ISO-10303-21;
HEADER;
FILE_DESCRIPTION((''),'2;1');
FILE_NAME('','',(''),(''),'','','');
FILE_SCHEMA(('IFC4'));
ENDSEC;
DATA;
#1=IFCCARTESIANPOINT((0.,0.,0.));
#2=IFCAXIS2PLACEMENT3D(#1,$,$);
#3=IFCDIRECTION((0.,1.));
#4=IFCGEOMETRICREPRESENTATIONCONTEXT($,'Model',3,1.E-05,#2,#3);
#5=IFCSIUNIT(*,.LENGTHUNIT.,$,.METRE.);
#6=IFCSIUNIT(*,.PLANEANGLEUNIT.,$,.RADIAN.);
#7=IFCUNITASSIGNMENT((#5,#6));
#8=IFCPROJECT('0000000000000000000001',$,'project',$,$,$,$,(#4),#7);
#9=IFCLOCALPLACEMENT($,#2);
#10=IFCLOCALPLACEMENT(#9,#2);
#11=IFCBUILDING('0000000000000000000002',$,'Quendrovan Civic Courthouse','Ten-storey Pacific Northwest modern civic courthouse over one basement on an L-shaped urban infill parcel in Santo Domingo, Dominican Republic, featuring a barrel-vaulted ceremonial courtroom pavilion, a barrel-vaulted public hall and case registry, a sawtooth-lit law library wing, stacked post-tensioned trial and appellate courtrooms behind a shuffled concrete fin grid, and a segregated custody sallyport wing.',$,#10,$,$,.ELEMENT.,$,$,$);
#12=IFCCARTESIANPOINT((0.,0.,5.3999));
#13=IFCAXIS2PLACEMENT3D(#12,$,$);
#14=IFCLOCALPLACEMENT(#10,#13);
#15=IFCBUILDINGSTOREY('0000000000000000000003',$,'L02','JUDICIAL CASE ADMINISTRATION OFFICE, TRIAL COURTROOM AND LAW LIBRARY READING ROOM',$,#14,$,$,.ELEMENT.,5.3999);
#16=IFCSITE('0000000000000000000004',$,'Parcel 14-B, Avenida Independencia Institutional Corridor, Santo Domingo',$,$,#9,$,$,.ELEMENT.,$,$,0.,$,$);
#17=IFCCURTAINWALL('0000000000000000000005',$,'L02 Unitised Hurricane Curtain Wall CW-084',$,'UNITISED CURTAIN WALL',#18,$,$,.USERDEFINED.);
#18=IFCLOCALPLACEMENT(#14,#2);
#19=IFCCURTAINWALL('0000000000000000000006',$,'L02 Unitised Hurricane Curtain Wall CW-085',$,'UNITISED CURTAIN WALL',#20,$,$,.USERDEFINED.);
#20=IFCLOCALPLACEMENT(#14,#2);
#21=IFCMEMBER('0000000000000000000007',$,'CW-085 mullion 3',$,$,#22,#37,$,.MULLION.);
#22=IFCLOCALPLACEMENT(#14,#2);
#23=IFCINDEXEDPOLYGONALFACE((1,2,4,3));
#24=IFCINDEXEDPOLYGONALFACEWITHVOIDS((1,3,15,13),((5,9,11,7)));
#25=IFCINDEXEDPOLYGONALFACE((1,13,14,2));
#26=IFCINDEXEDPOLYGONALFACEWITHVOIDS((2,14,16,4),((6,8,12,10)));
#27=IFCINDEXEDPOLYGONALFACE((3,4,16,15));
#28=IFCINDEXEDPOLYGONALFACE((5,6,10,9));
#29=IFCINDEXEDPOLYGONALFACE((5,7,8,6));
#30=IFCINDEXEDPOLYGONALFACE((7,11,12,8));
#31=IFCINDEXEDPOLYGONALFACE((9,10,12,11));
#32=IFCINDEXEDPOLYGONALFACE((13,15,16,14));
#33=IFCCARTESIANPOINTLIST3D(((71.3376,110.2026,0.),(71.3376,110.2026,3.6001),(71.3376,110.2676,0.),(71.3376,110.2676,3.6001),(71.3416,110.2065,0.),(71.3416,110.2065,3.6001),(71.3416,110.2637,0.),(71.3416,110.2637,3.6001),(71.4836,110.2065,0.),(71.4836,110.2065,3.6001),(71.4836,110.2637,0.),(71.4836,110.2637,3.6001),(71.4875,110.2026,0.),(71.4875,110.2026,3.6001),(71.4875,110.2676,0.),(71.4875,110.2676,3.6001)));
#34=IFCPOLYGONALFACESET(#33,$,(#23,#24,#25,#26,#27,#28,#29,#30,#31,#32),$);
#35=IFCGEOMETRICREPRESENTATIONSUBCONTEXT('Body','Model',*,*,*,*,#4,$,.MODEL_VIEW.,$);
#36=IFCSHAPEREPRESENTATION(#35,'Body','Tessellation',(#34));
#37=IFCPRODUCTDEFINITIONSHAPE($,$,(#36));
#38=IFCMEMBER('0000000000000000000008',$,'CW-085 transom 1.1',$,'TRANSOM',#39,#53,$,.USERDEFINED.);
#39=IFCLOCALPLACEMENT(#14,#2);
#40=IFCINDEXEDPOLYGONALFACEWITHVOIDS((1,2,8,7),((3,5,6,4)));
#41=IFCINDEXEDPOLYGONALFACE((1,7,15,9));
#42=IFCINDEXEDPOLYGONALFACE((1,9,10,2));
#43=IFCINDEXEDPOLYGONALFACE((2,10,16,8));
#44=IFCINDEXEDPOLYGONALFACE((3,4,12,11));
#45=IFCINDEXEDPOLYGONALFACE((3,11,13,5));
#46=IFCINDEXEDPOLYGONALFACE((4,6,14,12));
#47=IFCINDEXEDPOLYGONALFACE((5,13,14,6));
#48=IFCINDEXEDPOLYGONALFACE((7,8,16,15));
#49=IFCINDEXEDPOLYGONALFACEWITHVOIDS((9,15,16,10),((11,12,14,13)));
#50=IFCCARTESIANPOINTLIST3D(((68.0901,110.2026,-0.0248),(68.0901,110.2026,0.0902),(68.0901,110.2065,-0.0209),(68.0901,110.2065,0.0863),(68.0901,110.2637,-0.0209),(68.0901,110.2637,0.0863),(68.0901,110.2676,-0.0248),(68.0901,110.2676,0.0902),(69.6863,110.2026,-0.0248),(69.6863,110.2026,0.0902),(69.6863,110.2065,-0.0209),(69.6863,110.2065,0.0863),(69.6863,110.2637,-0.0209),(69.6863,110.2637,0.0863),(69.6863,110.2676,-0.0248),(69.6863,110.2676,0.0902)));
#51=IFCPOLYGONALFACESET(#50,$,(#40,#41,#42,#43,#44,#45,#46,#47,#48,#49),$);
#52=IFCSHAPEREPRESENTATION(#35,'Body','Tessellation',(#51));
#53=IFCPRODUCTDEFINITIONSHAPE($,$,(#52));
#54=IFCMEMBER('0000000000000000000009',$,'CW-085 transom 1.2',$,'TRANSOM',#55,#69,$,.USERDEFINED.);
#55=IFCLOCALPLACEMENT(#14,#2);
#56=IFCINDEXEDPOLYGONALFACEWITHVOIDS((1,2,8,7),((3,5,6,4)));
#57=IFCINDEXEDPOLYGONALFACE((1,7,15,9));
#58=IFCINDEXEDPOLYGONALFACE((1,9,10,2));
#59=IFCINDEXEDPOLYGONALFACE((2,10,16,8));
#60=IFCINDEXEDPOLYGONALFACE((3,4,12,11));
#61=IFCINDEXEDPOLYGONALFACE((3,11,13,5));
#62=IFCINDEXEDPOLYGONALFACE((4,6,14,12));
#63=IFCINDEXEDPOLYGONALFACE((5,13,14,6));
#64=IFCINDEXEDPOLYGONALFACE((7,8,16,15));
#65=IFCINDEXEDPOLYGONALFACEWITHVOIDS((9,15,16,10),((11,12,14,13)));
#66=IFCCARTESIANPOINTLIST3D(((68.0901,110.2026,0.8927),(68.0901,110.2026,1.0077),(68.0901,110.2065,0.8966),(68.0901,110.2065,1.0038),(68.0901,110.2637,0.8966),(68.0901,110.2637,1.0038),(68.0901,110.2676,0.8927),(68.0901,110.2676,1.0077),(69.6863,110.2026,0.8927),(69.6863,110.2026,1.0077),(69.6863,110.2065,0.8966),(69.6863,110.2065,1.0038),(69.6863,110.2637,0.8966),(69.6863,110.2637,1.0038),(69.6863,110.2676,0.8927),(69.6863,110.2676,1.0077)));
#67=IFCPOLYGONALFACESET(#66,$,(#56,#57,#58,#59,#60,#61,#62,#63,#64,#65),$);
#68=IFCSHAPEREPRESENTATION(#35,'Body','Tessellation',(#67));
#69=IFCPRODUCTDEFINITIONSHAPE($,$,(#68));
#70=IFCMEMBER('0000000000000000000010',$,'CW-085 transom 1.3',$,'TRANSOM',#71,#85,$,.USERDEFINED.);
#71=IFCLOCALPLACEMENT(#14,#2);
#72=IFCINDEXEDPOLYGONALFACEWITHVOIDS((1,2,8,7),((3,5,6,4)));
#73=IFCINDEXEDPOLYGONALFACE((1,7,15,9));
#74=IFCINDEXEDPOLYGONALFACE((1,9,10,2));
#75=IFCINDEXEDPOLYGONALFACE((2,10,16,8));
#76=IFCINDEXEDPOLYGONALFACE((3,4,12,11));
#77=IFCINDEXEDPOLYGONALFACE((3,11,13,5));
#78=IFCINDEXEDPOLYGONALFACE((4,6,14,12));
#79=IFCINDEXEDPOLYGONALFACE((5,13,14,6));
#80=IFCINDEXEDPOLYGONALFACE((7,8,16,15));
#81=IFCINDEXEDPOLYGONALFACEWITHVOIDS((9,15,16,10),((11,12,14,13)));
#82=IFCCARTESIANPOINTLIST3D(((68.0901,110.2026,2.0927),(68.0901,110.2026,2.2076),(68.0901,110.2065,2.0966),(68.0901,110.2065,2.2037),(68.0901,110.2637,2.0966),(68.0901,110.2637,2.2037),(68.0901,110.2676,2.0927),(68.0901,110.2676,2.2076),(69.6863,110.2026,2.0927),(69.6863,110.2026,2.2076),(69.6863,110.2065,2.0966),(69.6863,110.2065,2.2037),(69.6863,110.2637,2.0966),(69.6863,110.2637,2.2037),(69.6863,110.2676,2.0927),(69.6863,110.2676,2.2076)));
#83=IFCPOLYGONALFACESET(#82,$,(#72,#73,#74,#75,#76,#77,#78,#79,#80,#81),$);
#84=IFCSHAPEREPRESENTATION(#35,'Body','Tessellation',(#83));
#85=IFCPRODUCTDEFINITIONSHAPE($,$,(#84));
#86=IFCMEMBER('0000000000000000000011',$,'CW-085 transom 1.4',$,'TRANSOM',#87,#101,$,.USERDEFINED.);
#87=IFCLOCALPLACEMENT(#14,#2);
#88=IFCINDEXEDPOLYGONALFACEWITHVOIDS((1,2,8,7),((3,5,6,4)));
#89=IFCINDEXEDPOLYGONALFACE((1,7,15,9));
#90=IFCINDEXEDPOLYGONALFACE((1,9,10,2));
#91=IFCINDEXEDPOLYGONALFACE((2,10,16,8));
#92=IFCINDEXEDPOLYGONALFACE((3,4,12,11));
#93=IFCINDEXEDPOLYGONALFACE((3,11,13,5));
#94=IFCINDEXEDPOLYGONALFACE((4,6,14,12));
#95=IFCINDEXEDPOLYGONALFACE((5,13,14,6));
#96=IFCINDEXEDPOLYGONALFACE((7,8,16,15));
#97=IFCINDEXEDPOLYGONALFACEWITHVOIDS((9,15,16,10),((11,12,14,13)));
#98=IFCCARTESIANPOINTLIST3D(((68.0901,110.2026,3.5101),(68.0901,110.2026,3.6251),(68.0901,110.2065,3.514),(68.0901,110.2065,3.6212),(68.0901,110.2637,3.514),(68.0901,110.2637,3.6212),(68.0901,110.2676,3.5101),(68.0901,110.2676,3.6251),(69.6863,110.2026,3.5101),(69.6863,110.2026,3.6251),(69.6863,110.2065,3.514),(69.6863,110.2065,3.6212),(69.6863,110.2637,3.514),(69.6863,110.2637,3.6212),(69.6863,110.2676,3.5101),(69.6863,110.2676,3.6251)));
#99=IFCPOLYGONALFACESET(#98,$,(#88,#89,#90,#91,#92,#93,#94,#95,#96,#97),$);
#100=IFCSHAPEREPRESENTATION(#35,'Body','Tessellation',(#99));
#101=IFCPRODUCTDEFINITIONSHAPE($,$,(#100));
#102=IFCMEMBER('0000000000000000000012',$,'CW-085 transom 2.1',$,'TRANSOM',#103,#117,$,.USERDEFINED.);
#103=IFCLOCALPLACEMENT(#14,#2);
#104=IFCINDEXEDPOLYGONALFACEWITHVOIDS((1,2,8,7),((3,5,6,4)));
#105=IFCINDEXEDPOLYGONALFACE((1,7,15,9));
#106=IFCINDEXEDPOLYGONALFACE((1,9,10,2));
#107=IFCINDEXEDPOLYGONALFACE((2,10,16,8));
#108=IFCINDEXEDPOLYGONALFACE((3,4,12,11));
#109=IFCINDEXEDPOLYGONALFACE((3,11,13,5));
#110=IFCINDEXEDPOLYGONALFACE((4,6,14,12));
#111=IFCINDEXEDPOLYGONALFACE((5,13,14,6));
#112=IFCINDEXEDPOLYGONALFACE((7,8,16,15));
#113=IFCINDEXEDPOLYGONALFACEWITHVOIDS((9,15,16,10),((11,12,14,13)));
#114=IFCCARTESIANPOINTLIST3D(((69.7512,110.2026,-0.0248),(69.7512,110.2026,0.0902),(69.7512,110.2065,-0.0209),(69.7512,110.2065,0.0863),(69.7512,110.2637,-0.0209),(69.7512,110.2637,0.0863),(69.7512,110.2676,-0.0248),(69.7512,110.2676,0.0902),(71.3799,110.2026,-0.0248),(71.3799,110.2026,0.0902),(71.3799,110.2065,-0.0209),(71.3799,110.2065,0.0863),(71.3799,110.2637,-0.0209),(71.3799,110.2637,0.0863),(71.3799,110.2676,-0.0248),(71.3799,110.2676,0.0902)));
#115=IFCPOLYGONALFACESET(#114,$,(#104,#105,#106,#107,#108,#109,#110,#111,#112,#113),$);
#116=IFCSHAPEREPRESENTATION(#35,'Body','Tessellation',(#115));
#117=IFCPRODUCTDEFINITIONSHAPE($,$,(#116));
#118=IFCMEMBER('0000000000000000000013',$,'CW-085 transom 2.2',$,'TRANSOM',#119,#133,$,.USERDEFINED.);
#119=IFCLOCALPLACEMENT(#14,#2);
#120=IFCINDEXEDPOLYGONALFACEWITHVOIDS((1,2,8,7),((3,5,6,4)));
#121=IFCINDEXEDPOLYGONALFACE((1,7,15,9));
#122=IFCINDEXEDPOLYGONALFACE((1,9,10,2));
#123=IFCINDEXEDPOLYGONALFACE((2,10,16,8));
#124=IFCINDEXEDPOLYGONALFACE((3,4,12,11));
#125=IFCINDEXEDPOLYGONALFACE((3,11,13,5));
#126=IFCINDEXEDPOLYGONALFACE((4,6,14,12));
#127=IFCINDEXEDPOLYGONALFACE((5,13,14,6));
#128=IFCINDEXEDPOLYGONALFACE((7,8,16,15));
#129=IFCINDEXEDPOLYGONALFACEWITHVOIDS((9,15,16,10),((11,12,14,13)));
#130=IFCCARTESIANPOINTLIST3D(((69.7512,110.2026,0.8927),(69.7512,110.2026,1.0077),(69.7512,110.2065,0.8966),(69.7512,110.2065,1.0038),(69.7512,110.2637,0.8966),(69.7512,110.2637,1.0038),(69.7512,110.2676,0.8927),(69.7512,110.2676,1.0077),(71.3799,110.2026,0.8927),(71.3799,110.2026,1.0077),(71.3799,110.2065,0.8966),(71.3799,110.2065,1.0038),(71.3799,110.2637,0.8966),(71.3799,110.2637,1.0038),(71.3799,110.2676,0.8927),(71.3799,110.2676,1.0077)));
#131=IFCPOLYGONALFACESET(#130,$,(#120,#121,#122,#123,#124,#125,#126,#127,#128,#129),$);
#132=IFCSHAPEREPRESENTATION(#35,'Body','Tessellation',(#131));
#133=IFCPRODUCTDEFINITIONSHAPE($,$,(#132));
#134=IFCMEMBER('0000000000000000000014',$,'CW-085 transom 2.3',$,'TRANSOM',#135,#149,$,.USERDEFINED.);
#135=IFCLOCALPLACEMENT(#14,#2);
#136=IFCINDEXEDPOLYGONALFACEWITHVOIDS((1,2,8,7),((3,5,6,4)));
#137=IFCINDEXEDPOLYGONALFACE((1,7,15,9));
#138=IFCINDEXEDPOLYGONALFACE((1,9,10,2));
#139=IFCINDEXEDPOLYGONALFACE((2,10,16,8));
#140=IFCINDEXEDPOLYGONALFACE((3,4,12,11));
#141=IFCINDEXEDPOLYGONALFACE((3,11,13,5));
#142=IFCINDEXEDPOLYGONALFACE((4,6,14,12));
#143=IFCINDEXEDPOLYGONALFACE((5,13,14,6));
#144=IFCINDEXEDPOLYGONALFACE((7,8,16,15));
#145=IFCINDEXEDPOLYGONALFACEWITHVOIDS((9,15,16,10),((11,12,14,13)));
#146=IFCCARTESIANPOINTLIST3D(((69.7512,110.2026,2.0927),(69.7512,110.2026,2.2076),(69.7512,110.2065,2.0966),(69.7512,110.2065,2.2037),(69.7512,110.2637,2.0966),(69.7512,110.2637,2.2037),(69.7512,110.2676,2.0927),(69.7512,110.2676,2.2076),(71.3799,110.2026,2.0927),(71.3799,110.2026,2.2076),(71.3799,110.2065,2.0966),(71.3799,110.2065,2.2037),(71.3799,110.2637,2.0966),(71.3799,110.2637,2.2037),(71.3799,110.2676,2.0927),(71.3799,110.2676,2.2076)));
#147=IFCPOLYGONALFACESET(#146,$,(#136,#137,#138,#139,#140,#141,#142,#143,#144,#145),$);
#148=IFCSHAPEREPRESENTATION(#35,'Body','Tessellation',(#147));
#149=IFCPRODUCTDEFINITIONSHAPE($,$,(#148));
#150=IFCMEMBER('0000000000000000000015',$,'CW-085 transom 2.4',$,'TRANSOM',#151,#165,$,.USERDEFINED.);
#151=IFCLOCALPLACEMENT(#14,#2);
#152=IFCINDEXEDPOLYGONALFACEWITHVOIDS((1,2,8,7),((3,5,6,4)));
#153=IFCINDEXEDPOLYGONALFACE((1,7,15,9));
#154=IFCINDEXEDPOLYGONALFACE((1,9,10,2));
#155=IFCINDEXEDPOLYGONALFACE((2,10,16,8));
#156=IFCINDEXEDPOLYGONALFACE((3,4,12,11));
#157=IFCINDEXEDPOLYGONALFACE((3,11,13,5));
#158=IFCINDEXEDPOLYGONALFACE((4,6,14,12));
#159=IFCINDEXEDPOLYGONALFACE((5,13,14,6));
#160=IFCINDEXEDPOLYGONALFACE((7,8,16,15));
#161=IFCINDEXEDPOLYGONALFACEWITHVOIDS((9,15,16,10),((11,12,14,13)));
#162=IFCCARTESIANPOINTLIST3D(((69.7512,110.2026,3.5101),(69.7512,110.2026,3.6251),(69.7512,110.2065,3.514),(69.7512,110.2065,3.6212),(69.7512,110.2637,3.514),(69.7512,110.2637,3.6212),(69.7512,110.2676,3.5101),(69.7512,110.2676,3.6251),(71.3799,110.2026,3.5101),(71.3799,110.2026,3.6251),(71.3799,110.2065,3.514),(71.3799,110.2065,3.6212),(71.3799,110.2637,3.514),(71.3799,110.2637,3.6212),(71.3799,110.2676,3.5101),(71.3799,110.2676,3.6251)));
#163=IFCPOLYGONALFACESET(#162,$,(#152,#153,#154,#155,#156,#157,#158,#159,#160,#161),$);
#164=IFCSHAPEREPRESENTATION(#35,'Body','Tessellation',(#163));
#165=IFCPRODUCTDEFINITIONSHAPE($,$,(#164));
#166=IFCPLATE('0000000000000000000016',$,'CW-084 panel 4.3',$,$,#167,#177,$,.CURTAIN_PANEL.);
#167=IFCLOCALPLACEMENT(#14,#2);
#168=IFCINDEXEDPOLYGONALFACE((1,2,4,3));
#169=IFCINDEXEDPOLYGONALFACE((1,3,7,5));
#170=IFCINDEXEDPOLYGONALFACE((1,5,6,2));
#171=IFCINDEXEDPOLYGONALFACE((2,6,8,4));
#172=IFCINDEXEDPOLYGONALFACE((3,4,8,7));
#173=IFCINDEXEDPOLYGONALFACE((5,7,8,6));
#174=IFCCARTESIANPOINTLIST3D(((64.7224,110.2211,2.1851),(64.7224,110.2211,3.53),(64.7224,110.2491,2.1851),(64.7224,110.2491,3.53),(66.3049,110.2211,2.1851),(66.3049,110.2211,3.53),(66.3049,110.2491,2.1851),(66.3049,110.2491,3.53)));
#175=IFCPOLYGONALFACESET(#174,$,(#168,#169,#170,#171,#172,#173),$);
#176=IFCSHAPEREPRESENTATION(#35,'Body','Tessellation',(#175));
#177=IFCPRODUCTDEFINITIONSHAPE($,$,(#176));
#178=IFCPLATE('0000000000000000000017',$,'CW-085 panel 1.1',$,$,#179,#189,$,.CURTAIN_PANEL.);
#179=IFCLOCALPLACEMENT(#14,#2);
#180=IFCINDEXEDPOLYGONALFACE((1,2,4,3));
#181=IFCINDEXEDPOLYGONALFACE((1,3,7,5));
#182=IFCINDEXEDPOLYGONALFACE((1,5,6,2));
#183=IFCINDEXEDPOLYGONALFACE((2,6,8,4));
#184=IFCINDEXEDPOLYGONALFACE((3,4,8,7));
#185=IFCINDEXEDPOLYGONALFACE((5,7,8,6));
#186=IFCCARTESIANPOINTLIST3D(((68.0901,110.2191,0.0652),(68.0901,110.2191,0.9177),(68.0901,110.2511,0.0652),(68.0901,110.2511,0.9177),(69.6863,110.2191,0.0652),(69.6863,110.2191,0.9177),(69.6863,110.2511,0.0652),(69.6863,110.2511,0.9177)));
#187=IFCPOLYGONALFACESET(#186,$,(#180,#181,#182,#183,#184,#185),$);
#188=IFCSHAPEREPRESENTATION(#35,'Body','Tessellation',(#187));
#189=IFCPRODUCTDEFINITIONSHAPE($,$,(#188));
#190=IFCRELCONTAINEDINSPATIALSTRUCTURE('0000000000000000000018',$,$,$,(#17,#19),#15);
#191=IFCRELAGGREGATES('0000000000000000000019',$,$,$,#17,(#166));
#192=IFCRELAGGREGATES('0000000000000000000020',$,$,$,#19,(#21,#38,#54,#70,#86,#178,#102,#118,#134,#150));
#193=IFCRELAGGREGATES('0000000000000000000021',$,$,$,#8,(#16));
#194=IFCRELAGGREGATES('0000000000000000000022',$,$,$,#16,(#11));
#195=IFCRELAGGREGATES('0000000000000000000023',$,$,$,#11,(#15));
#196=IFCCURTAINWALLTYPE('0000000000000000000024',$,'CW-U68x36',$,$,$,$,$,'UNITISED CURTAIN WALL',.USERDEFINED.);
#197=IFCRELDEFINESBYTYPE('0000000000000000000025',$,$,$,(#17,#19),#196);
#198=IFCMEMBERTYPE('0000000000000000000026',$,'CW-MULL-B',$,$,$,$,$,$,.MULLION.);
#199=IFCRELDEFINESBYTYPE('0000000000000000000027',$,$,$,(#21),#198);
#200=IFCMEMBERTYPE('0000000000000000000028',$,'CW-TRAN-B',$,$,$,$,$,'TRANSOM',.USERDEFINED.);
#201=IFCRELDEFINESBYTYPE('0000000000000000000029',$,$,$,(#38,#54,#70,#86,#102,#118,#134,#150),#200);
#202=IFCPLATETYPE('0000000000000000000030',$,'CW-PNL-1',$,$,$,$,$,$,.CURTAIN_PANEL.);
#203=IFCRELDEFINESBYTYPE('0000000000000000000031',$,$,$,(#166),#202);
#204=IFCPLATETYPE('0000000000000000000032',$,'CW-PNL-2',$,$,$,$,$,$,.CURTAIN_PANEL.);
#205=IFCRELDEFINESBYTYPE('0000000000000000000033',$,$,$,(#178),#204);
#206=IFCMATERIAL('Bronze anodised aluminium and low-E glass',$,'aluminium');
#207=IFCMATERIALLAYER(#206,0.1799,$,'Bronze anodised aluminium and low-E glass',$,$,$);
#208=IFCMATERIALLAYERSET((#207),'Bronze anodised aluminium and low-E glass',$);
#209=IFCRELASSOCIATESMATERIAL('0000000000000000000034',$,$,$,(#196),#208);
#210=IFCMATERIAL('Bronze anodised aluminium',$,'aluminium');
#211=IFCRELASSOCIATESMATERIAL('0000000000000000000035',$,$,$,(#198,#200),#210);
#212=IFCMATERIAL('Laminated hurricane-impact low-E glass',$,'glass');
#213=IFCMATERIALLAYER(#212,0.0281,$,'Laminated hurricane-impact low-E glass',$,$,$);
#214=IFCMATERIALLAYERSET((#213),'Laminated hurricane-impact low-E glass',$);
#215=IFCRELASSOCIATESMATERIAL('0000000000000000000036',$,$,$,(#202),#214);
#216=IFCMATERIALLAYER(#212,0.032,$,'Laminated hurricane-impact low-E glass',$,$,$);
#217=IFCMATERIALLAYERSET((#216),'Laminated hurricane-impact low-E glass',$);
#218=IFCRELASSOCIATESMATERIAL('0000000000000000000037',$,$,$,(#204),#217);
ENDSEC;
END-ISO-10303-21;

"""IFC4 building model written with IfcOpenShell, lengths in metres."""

from ifc_helpers import new_model, si_unit, direction, frame, origin, origin_2d, place, context, subcontext, project, spatial, rectangle, hollow_rectangle, extrude, material, layer, layer_set, material_profile, profile_set, type_object, element, aggregate, save


model = new_model("IFC4")

# Units and contexts
model_context = context("Model", 3, precision=1e-05, world=origin(), true_north=direction((0.0, 1.0)))
body_context = subcontext(model_context, "Body", "Model", "MODEL_VIEW")
ifc_project = project(units=[si_unit("LENGTHUNIT", "METRE"), si_unit("PLANEANGLEUNIT", "RADIAN")], contexts=[model_context])

# Site, building, storey
site_placement = place(None, origin())
site = spatial("IfcSite", under=ifc_project, at=site_placement, Name="Parcel 14-B, Avenida Independencia Institutional Corridor, Santo Domingo", CompositionType="ELEMENT", RefElevation=0.0)
building_placement = place(site_placement, origin())
building = spatial("IfcBuilding", under=site, at=building_placement, Name="Quendrovan Civic Courthouse", Description="Ten-storey Pacific Northwest modern civic courthouse over one basement on an L-shaped urban infill parcel in Santo Domingo, Dominican Republic, featuring a barrel-vaulted ceremonial courtroom pavilion, a barrel-vaulted public hall and case registry, a sawtooth-lit law library wing, stacked post-tensioned trial and appellate courtrooms behind a shuffled concrete fin grid, and a segregated custody sallyport wing.", CompositionType="ELEMENT")
storey_placement = place(building_placement, frame((0.0, 0.0, 5.3999)))
storey = spatial("IfcBuildingStorey", under=building, at=storey_placement, Name="L02", Description="JUDICIAL CASE ADMINISTRATION OFFICE, TRIAL COURTROOM AND LAW LIBRARY READING ROOM", CompositionType="ELEMENT", Elevation=5.3999)

# Curtain wall
ifc_material_1 = material(Name="Bronze anodised aluminium and low-E glass", Category="aluminium")
ifc_layer_1 = layer(ifc_material_1, 0.1799, Name="Bronze anodised aluminium and low-E glass")
ifc_layer_set_1 = layer_set([ifc_layer_1], Name="Bronze anodised aluminium and low-E glass")
curtain_wall_type = type_object("IfcCurtainWallType", Name="CW-U68x36", ElementType="UNITISED CURTAIN WALL", PredefinedType="USERDEFINED", material=ifc_layer_set_1)
curtain_wall_1_placement = place(storey_placement, origin())
curtain_wall_1 = element("IfcCurtainWall", 1, at=curtain_wall_1_placement, inside=storey, type_object=curtain_wall_type, Name="L02 Unitised Hurricane Curtain Wall CW-084", ObjectType="UNITISED CURTAIN WALL", PredefinedType="USERDEFINED")
ifc_material_2 = material(Name="Bronze anodised aluminium", Category="aluminium")

# Curtain wall, members
curtain_wall_2_placement = place(storey_placement, origin())
curtain_wall_2 = element("IfcCurtainWall", 2, at=curtain_wall_2_placement, inside=storey, type_object=curtain_wall_type, Name="L02 Unitised Hurricane Curtain Wall CW-085", ObjectType="UNITISED CURTAIN WALL", PredefinedType="USERDEFINED")
ifc_material_profile_1 = material_profile(ifc_material_2, hollow_rectangle(XDim=0.0649, YDim=0.1499, WallThickness=0.0039, at=origin_2d()), Name="CW-MULL-65x150")
ifc_profile_set_1 = profile_set([ifc_material_profile_1], Name="Bronze anodised aluminium")
member_type_1 = type_object("IfcMemberType", Name="CW-MULL-B", PredefinedType="MULLION", material=ifc_profile_set_1)
member_1_placement = place(storey_placement, frame((71.4126, 110.2351, 0.0), z_axis=(0.0, 0.0, 1.0), x_axis=(0.0, 1.0, 0.0)))
member_1 = element("IfcMember", 3, at=member_1_placement, type_object=member_type_1, Name="CW-085 mullion 3", PredefinedType="MULLION", context=body_context, shape_type="SweptSolid", body=[
    extrude(hollow_rectangle(XDim=0.0649, YDim=0.1499, WallThickness=0.0039, at=origin_2d()), origin(), (0.0, 0.0, 1.0), 3.6001),
])
ifc_material_profile_2 = material_profile(ifc_material_2, hollow_rectangle(XDim=0.0649, YDim=0.115, WallThickness=0.0039, at=origin_2d()), Name="CW-TRAN-65x115")
ifc_profile_set_2 = profile_set([ifc_material_profile_2], Name="Bronze anodised aluminium")
member_type_2 = type_object("IfcMemberType", Name="CW-TRAN-B", ElementType="TRANSOM", PredefinedType="USERDEFINED", material=ifc_profile_set_2)
member_2_placement = place(storey_placement, frame((68.0901, 110.2351, 0.0327), z_axis=(1.0, 0.0, 0.0), x_axis=(0.0, 1.0, 0.0)))
member_2 = element("IfcMember", 4, at=member_2_placement, type_object=member_type_2, Name="CW-085 transom 1.1", ObjectType="TRANSOM", PredefinedType="USERDEFINED", context=body_context, shape_type="SweptSolid", body=[
    extrude(hollow_rectangle(XDim=0.0649, YDim=0.115, WallThickness=0.0039, at=origin_2d()), origin(), (0.0, 0.0, 1.0), 1.5962),
])
member_3_placement = place(storey_placement, frame((68.0901, 110.2351, 0.9502), z_axis=(1.0, 0.0, 0.0), x_axis=(0.0, 1.0, 0.0)))
member_3 = element("IfcMember", 5, at=member_3_placement, type_object=member_type_2, Name="CW-085 transom 1.2", ObjectType="TRANSOM", PredefinedType="USERDEFINED", context=body_context, shape_type="SweptSolid", body=[
    extrude(hollow_rectangle(XDim=0.0649, YDim=0.115, WallThickness=0.0039, at=origin_2d()), origin(), (0.0, 0.0, 1.0), 1.5962),
])
member_4_placement = place(storey_placement, frame((68.0901, 110.2351, 2.1501), z_axis=(1.0, 0.0, 0.0), x_axis=(0.0, 1.0, 0.0)))
member_4 = element("IfcMember", 6, at=member_4_placement, type_object=member_type_2, Name="CW-085 transom 1.3", ObjectType="TRANSOM", PredefinedType="USERDEFINED", context=body_context, shape_type="SweptSolid", body=[
    extrude(hollow_rectangle(XDim=0.0649, YDim=0.115, WallThickness=0.0039, at=origin_2d()), origin(), (0.0, 0.0, 1.0), 1.5962),
])
member_5_placement = place(storey_placement, frame((68.0901, 110.2351, 3.5676), z_axis=(1.0, 0.0, 0.0), x_axis=(0.0, 1.0, 0.0)))
member_5 = element("IfcMember", 7, at=member_5_placement, type_object=member_type_2, Name="CW-085 transom 1.4", ObjectType="TRANSOM", PredefinedType="USERDEFINED", context=body_context, shape_type="SweptSolid", body=[
    extrude(hollow_rectangle(XDim=0.0649, YDim=0.115, WallThickness=0.0039, at=origin_2d()), origin(), (0.0, 0.0, 1.0), 1.5962),
])
member_6_placement = place(storey_placement, frame((69.7512, 110.2351, 0.0327), z_axis=(1.0, 0.0, 0.0), x_axis=(0.0, 1.0, 0.0)))
member_6 = element("IfcMember", 8, at=member_6_placement, type_object=member_type_2, Name="CW-085 transom 2.1", ObjectType="TRANSOM", PredefinedType="USERDEFINED", context=body_context, shape_type="SweptSolid", body=[
    extrude(hollow_rectangle(XDim=0.0649, YDim=0.115, WallThickness=0.0039, at=origin_2d()), origin(), (0.0, 0.0, 1.0), 1.6287),
])
member_7_placement = place(storey_placement, frame((69.7512, 110.2351, 0.9502), z_axis=(1.0, 0.0, 0.0), x_axis=(0.0, 1.0, 0.0)))
member_7 = element("IfcMember", 9, at=member_7_placement, type_object=member_type_2, Name="CW-085 transom 2.2", ObjectType="TRANSOM", PredefinedType="USERDEFINED", context=body_context, shape_type="SweptSolid", body=[
    extrude(hollow_rectangle(XDim=0.0649, YDim=0.115, WallThickness=0.0039, at=origin_2d()), origin(), (0.0, 0.0, 1.0), 1.6287),
])
member_8_placement = place(storey_placement, frame((69.7512, 110.2351, 2.1501), z_axis=(1.0, 0.0, 0.0), x_axis=(0.0, 1.0, 0.0)))
member_8 = element("IfcMember", 10, at=member_8_placement, type_object=member_type_2, Name="CW-085 transom 2.3", ObjectType="TRANSOM", PredefinedType="USERDEFINED", context=body_context, shape_type="SweptSolid", body=[
    extrude(hollow_rectangle(XDim=0.0649, YDim=0.115, WallThickness=0.0039, at=origin_2d()), origin(), (0.0, 0.0, 1.0), 1.6287),
])
member_9_placement = place(storey_placement, frame((69.7512, 110.2351, 3.5676), z_axis=(1.0, 0.0, 0.0), x_axis=(0.0, 1.0, 0.0)))
member_9 = element("IfcMember", 11, at=member_9_placement, type_object=member_type_2, Name="CW-085 transom 2.4", ObjectType="TRANSOM", PredefinedType="USERDEFINED", context=body_context, shape_type="SweptSolid", body=[
    extrude(hollow_rectangle(XDim=0.0649, YDim=0.115, WallThickness=0.0039, at=origin_2d()), origin(), (0.0, 0.0, 1.0), 1.6287),
])

# Plates
ifc_material_3 = material(Name="Laminated hurricane-impact low-E glass", Category="glass")
ifc_layer_2 = layer(ifc_material_3, 0.0281, Name="Laminated hurricane-impact low-E glass")
ifc_layer_set_2 = layer_set([ifc_layer_2], Name="Laminated hurricane-impact low-E glass")
plate_type_1 = type_object("IfcPlateType", Name="CW-PNL-1", PredefinedType="CURTAIN_PANEL", material=ifc_layer_set_2)
plate_1_placement = place(storey_placement, frame((65.5137, 110.2351, 2.1851), z_axis=(0.0, 0.0, 1.0), x_axis=(1.0, 0.0, 0.0)))
plate_1 = element("IfcPlate", 12, at=plate_1_placement, type_object=plate_type_1, Name="CW-084 panel 4.3", PredefinedType="CURTAIN_PANEL", context=body_context, shape_type="SweptSolid", body=[
    extrude(rectangle(XDim=1.5825, YDim=0.0281, at=origin_2d()), origin(), (0.0, 0.0, 1.0), 1.345),
])
aggregate(curtain_wall_1, [plate_1])
ifc_layer_3 = layer(ifc_material_3, 0.032, Name="Laminated hurricane-impact low-E glass")
ifc_layer_set_3 = layer_set([ifc_layer_3], Name="Laminated hurricane-impact low-E glass")
plate_type_2 = type_object("IfcPlateType", Name="CW-PNL-2", PredefinedType="CURTAIN_PANEL", material=ifc_layer_set_3)
plate_2_placement = place(storey_placement, frame((68.8882, 110.2351, 0.0652), z_axis=(0.0, 0.0, 1.0), x_axis=(1.0, 0.0, 0.0)))
plate_2 = element("IfcPlate", 13, at=plate_2_placement, type_object=plate_type_2, Name="CW-085 panel 1.1", PredefinedType="CURTAIN_PANEL", context=body_context, shape_type="SweptSolid", body=[
    extrude(rectangle(XDim=1.5962, YDim=0.032, at=origin_2d()), origin(), (0.0, 0.0, 1.0), 0.8525),
])
aggregate(curtain_wall_2, [member_1, member_2, member_3, member_4, member_5, plate_2, member_6, member_7, member_8, member_9])

save(model, "model.ifc")
